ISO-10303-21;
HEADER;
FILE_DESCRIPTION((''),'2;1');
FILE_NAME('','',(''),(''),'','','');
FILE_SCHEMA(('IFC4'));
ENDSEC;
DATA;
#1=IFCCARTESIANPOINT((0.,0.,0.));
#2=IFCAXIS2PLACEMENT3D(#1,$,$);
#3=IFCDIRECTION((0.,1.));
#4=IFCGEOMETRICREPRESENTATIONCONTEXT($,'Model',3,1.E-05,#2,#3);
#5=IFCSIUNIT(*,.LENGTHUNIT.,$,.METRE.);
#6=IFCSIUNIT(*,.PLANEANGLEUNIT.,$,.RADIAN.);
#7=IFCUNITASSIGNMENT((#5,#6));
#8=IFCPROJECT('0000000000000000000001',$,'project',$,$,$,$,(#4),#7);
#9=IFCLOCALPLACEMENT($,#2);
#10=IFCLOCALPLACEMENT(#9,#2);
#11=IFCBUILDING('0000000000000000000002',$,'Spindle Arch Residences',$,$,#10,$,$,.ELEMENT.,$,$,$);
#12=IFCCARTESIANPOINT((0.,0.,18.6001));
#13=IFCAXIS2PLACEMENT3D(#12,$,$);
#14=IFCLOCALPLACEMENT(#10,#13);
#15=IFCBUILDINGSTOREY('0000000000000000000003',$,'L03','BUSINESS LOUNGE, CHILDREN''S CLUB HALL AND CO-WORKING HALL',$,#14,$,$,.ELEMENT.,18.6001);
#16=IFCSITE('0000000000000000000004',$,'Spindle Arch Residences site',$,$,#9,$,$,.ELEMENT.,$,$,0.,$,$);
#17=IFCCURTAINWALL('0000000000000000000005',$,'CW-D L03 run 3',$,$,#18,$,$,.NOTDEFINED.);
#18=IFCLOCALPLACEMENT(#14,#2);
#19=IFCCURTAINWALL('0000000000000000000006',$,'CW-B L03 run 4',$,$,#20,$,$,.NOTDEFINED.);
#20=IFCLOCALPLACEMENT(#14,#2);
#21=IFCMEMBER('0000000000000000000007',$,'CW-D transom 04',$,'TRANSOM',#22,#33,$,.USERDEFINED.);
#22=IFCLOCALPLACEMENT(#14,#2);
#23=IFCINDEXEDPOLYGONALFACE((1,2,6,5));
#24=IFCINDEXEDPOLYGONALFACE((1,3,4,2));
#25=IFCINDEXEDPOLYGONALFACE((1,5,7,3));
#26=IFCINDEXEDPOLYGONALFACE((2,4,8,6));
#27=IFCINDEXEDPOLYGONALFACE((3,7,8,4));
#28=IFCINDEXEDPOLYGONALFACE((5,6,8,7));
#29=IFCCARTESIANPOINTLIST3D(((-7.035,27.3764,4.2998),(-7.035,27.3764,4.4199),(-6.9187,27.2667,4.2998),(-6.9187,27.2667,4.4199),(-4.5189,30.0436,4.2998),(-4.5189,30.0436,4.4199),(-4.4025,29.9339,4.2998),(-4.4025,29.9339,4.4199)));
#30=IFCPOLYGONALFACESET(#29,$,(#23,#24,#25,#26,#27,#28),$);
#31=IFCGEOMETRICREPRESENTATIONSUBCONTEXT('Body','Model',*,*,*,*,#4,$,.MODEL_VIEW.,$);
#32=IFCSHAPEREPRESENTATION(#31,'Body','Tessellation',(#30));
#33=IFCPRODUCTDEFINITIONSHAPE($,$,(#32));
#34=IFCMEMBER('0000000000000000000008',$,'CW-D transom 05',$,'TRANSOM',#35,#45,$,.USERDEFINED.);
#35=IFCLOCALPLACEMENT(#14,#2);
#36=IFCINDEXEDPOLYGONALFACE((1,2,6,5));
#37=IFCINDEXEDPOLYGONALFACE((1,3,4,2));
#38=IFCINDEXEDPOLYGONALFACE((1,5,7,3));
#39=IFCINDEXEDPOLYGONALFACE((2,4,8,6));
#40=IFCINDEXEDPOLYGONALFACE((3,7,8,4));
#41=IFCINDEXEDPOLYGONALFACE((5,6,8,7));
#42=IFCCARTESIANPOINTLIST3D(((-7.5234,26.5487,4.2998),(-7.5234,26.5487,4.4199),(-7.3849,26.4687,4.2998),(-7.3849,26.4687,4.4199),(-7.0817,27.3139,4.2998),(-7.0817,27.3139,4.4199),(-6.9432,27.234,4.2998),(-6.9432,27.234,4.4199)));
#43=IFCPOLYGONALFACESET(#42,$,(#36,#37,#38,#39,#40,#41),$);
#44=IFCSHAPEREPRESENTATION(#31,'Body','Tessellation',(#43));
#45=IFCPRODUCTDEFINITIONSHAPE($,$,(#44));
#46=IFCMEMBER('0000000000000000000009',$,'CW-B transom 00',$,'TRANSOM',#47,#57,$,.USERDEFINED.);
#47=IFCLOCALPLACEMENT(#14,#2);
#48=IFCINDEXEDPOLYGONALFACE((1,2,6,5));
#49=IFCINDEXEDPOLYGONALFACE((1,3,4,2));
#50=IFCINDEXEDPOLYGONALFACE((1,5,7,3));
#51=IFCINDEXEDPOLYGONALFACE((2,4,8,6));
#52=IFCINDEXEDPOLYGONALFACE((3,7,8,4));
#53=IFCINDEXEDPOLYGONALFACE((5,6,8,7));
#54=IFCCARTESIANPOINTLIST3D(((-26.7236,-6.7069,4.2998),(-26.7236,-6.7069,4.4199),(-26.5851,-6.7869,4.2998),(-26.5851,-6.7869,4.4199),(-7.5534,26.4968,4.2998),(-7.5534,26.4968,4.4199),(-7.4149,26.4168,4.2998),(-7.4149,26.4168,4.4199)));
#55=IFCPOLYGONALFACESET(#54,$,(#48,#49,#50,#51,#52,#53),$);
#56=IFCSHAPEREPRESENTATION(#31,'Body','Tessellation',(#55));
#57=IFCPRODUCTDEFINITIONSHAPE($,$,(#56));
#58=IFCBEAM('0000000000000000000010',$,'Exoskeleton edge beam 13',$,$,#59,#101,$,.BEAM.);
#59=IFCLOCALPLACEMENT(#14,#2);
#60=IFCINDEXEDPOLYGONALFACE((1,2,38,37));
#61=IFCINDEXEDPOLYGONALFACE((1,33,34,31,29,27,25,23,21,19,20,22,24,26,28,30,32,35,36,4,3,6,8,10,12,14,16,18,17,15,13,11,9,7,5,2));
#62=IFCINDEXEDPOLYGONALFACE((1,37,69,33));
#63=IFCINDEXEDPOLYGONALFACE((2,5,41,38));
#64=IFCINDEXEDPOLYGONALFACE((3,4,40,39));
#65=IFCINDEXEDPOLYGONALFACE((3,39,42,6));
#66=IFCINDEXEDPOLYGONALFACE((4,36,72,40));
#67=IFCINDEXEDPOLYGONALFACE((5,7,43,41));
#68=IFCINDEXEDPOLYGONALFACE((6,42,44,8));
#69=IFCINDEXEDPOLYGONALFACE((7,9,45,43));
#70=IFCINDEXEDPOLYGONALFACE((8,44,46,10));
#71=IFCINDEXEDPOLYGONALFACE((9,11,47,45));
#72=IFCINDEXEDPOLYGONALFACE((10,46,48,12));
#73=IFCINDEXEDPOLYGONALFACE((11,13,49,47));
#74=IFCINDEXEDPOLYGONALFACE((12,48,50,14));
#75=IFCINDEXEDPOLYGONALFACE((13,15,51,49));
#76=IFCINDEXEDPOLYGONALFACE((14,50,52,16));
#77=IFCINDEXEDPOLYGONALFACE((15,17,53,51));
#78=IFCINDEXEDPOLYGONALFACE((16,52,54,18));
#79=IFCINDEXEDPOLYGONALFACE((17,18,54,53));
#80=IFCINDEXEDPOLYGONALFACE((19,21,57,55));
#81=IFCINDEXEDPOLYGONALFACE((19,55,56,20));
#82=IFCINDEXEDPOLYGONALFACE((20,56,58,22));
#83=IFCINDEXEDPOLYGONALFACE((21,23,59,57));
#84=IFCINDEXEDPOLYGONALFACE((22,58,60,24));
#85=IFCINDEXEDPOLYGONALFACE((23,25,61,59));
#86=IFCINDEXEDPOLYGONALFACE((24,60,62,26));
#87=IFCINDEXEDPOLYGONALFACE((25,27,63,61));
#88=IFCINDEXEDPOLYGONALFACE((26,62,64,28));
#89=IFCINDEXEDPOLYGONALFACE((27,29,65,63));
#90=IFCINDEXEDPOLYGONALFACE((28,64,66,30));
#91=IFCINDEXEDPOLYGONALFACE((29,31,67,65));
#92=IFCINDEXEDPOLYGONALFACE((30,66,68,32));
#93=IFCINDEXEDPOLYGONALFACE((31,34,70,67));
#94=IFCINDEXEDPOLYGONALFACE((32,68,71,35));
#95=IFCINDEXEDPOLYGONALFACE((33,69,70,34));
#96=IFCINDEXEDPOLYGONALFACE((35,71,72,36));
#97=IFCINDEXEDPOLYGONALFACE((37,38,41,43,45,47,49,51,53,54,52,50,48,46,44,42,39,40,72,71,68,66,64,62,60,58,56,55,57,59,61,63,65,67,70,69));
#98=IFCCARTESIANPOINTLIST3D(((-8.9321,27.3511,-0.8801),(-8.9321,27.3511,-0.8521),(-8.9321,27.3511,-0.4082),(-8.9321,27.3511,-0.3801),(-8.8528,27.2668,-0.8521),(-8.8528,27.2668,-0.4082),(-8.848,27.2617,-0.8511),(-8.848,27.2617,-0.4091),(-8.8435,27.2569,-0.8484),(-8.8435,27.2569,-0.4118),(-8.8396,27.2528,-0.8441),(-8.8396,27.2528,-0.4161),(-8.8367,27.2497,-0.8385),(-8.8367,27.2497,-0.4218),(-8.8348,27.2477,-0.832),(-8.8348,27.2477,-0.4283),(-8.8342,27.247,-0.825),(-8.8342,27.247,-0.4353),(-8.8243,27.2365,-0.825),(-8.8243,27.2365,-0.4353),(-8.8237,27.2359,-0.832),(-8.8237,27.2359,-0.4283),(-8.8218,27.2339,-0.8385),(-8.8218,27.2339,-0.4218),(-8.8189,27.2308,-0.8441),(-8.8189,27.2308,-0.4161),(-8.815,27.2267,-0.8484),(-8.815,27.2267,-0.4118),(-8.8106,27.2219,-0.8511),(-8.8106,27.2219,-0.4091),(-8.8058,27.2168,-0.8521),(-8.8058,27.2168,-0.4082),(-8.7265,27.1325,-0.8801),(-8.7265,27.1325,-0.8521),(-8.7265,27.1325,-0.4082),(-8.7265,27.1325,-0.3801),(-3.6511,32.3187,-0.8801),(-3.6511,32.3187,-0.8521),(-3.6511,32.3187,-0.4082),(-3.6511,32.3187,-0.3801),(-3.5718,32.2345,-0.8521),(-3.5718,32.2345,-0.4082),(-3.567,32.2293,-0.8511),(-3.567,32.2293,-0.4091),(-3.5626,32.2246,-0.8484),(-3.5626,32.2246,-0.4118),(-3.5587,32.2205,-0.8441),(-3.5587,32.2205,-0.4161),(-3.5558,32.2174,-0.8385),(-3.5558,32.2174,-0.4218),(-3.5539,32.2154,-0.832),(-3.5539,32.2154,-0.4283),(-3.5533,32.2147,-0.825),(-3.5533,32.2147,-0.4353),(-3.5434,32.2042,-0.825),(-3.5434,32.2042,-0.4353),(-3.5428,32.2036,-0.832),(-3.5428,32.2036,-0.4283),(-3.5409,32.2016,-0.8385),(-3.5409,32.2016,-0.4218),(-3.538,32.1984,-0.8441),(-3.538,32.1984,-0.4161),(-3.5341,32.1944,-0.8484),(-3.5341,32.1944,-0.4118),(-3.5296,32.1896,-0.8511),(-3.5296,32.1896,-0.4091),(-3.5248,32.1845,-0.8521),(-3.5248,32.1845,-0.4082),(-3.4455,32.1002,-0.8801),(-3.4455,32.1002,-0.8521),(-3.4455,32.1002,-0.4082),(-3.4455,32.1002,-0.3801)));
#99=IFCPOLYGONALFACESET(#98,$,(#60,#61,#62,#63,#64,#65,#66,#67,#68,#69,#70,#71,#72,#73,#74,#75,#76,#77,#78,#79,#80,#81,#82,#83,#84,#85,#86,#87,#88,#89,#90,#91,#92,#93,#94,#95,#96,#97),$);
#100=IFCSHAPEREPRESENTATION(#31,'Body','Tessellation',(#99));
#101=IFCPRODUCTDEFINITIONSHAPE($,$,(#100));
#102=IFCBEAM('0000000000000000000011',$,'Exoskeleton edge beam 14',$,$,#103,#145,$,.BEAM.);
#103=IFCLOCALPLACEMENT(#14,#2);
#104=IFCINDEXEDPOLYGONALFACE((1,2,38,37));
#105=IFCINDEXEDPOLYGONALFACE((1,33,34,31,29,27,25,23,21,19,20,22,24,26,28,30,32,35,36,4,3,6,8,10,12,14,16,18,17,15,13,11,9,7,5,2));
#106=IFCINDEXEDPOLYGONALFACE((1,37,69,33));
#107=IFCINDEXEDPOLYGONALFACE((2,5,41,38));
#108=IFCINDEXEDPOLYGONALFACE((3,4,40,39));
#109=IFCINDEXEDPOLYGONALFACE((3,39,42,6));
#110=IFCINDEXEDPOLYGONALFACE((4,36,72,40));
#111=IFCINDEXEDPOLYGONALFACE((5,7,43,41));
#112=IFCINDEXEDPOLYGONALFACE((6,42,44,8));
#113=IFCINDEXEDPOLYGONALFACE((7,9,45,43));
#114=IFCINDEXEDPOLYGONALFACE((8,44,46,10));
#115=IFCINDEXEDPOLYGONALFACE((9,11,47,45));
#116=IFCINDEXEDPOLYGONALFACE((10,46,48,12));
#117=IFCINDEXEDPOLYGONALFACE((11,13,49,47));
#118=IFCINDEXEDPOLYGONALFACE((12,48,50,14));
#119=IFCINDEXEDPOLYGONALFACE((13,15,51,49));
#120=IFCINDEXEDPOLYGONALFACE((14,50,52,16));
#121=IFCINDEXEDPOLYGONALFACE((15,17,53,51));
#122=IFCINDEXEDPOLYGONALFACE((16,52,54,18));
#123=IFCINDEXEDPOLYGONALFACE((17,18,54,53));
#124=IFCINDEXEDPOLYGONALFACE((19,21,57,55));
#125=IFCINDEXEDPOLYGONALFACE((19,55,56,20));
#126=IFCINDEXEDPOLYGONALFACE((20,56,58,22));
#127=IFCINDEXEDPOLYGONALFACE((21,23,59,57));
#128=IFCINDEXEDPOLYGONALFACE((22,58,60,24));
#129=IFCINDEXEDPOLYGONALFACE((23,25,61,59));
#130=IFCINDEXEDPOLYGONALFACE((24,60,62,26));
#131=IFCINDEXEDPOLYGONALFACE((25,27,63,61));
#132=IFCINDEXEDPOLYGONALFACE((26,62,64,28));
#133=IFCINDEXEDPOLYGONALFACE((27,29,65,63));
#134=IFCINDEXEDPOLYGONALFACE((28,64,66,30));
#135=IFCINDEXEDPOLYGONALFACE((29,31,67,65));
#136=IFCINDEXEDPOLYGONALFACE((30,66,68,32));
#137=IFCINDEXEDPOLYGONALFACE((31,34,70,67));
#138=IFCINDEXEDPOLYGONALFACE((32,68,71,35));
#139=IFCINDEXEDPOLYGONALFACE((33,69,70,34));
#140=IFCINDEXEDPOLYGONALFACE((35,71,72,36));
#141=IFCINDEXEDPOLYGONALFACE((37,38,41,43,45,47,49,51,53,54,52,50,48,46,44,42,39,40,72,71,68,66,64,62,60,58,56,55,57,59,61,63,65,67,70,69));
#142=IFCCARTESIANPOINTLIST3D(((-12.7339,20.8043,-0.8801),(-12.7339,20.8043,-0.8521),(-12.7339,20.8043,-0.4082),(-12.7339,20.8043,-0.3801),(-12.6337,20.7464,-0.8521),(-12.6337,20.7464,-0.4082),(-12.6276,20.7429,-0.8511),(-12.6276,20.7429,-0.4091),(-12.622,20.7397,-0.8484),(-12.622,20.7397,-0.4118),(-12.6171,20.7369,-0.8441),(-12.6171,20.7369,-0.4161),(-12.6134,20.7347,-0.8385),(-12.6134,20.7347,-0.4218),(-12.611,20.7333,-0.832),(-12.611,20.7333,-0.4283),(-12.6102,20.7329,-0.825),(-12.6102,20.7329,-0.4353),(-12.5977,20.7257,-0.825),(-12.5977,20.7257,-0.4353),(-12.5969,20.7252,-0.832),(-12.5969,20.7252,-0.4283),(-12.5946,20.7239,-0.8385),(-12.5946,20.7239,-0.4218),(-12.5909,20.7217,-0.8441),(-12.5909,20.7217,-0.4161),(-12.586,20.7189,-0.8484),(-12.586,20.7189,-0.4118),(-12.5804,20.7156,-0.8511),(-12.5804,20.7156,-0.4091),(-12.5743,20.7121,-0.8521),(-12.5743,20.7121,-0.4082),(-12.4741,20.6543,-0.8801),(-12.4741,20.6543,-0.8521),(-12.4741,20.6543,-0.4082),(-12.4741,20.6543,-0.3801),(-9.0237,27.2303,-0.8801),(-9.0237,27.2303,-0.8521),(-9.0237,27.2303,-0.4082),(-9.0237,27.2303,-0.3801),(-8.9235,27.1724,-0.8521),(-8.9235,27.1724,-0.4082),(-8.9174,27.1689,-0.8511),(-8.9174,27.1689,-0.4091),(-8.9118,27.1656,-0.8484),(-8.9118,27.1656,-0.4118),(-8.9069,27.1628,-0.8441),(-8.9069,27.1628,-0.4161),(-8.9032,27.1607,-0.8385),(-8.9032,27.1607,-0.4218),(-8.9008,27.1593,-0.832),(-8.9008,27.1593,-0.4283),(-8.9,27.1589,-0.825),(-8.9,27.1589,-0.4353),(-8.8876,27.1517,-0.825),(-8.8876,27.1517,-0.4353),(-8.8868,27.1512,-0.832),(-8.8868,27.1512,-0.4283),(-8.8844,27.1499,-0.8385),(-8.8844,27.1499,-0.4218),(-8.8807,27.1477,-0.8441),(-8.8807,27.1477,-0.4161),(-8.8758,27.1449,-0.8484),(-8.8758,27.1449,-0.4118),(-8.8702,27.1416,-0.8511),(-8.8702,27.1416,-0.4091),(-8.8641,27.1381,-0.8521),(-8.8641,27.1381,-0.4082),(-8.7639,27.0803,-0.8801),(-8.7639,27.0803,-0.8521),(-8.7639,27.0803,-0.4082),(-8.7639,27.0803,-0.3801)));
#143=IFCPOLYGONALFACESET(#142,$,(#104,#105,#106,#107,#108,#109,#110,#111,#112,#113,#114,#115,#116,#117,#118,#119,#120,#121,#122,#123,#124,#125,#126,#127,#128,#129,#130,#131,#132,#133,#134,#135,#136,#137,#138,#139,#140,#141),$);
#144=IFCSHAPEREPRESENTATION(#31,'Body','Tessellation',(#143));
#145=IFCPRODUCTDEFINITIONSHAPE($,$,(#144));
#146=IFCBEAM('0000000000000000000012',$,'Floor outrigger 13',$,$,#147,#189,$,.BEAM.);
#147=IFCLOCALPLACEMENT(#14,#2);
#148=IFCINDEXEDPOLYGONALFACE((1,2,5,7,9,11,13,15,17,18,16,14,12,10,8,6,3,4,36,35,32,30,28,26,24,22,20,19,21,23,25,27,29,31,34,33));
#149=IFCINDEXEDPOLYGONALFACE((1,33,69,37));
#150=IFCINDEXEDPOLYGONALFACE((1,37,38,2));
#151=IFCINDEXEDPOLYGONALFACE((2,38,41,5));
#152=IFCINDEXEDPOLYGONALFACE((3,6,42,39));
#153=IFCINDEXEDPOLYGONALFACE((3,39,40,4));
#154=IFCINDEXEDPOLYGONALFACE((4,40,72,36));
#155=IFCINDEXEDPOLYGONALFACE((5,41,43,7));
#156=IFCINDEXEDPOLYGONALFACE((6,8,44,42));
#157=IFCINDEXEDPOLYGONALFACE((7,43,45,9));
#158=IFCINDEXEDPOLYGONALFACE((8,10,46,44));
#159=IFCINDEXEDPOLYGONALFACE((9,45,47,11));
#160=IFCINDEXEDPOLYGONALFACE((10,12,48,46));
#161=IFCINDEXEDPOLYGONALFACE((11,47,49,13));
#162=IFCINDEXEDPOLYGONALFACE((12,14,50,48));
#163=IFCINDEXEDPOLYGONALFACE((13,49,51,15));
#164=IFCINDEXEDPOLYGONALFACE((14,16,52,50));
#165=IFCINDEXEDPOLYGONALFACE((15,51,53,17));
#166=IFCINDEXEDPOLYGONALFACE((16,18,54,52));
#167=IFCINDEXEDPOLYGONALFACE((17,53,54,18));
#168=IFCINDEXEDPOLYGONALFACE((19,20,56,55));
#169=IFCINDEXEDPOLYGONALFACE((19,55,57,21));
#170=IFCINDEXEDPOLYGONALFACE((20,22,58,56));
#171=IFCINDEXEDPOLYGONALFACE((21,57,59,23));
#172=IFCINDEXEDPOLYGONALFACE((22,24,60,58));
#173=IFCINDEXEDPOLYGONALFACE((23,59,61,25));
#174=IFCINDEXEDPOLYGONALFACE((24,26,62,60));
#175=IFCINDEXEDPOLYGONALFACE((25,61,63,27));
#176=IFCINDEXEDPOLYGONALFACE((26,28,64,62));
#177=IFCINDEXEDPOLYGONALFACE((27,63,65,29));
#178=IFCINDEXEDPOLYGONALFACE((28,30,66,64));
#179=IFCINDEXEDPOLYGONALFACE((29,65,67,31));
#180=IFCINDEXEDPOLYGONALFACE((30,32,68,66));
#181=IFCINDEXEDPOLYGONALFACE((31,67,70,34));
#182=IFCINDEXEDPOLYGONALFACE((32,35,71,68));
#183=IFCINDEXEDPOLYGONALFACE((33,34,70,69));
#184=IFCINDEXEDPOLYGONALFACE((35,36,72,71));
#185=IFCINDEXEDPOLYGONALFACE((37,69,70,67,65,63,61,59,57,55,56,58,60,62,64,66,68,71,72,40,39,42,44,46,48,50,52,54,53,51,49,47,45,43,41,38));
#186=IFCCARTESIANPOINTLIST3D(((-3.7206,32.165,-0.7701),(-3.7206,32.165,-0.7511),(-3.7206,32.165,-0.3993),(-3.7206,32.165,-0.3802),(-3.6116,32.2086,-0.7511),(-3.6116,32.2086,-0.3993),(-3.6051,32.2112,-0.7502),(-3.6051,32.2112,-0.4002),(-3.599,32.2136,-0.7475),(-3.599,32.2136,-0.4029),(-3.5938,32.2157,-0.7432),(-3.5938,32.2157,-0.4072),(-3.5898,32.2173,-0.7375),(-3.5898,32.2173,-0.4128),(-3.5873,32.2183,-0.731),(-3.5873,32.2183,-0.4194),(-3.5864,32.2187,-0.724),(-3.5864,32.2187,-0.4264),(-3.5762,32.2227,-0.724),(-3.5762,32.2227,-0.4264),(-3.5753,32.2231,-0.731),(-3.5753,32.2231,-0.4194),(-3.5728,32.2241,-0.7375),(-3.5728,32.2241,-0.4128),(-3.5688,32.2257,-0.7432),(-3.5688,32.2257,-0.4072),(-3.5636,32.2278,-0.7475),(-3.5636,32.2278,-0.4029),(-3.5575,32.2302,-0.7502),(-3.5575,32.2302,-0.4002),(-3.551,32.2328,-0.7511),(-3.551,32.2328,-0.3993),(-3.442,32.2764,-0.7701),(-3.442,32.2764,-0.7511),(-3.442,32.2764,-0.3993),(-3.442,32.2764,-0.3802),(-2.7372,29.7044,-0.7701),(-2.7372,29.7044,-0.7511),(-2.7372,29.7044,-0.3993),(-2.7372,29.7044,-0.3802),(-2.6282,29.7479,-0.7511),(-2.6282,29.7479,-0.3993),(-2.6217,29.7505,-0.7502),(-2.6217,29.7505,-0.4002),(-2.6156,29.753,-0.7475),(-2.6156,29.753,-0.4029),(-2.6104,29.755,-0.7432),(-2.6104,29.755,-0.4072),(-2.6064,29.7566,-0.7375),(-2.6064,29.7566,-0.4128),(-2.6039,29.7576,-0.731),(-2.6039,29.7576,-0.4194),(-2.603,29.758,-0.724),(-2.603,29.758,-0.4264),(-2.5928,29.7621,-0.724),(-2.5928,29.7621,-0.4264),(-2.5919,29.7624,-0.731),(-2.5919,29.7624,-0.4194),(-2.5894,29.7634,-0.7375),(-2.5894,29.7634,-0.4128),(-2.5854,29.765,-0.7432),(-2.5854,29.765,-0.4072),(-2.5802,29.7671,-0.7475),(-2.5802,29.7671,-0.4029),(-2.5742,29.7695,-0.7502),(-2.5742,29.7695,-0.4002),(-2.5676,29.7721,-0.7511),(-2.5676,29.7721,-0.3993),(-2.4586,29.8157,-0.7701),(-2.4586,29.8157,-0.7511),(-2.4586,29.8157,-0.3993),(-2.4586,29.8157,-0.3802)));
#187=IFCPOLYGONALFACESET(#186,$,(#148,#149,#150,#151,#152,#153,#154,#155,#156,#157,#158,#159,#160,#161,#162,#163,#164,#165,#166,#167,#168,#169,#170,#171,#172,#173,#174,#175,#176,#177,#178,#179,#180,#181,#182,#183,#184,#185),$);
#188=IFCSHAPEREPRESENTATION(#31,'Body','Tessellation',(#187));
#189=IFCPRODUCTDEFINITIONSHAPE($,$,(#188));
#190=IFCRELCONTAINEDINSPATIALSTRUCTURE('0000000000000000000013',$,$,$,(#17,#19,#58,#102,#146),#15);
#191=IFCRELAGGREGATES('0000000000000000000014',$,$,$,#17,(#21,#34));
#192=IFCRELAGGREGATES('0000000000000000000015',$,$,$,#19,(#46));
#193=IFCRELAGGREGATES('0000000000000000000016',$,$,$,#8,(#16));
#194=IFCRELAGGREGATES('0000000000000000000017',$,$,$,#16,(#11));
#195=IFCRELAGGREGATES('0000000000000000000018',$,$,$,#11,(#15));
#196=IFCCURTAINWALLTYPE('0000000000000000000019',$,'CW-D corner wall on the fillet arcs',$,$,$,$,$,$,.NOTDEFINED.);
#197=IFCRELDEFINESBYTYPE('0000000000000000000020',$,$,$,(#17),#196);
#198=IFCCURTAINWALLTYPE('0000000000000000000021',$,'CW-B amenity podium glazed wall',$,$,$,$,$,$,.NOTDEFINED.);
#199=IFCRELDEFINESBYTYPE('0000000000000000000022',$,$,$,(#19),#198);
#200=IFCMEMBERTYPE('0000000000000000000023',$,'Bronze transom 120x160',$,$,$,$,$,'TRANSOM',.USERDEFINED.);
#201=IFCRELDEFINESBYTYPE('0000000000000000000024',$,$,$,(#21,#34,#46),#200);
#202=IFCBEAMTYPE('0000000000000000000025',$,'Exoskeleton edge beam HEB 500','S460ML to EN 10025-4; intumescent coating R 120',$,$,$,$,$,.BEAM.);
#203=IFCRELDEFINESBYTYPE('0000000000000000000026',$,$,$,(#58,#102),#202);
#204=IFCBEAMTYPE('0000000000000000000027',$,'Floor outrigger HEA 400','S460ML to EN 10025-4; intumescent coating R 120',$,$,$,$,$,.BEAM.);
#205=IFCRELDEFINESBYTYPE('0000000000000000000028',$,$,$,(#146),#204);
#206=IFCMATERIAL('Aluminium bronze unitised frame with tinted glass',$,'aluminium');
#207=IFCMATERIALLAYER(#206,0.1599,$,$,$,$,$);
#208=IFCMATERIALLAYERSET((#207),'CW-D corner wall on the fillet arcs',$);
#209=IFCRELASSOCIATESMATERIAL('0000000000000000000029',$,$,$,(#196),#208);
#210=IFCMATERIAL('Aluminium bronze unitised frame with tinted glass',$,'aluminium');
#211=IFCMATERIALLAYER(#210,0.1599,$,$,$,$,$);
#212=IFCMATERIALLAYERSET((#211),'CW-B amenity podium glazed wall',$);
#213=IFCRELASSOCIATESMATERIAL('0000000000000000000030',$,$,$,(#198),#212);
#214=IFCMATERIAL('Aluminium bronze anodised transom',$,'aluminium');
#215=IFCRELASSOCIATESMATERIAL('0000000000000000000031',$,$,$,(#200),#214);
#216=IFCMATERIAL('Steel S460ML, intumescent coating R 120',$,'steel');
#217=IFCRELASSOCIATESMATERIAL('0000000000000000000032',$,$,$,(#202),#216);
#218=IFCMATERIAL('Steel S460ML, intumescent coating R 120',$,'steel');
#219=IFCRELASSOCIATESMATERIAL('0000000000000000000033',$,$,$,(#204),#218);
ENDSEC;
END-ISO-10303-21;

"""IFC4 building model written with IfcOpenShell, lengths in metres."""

from ifc_helpers import new_model, si_unit, direction, frame, origin, origin_2d, place, context, subcontext, project, spatial, rectangle, i_section, extrude, material, layer, layer_set, material_profile, profile_set, type_object, element, aggregate, save


model = new_model("IFC4")

# Units and contexts
model_context = context("Model", 3, precision=1e-05, world=origin(), true_north=direction((0.0, 1.0)))
body_context = subcontext(model_context, "Body", "Model", "MODEL_VIEW")
ifc_project = project(units=[si_unit("LENGTHUNIT", "METRE"), si_unit("PLANEANGLEUNIT", "RADIAN")], contexts=[model_context])

# Site, building, storey
site_placement = place(None, origin())
site = spatial("IfcSite", under=ifc_project, at=site_placement, Name="Spindle Arch Residences site", CompositionType="ELEMENT", RefElevation=0.0)
building_placement = place(site_placement, origin())
building = spatial("IfcBuilding", under=site, at=building_placement, Name="Spindle Arch Residences", CompositionType="ELEMENT")
storey_placement = place(building_placement, frame((0.0, 0.0, 18.6001)))
storey = spatial("IfcBuildingStorey", under=building, at=storey_placement, Name="L03", Description="BUSINESS LOUNGE, CHILDREN'S CLUB HALL AND CO-WORKING HALL", CompositionType="ELEMENT", Elevation=18.6001)

# Curtain wall
ifc_material_1 = material(Name="Aluminium bronze unitised frame with tinted glass", Category="aluminium")
ifc_layer_1 = layer(ifc_material_1, 0.1599)
ifc_layer_set_1 = layer_set([ifc_layer_1], Name="CW-D corner wall on the fillet arcs")
curtain_wall_type_1 = type_object("IfcCurtainWallType", Name="CW-D corner wall on the fillet arcs", PredefinedType="NOTDEFINED", material=ifc_layer_set_1)
curtain_wall_1_placement = place(storey_placement, origin())
curtain_wall_1 = element("IfcCurtainWall", 1, at=curtain_wall_1_placement, inside=storey, type_object=curtain_wall_type_1, Name="CW-D L03 run 3", PredefinedType="NOTDEFINED")

# Curtain wall
ifc_material_2 = material(Name="Aluminium bronze unitised frame with tinted glass", Category="aluminium")
ifc_layer_2 = layer(ifc_material_2, 0.1599)
ifc_layer_set_2 = layer_set([ifc_layer_2], Name="CW-B amenity podium glazed wall")
curtain_wall_type_2 = type_object("IfcCurtainWallType", Name="CW-B amenity podium glazed wall", PredefinedType="NOTDEFINED", material=ifc_layer_set_2)
curtain_wall_2_placement = place(storey_placement, origin())
curtain_wall_2 = element("IfcCurtainWall", 2, at=curtain_wall_2_placement, inside=storey, type_object=curtain_wall_type_2, Name="CW-B L03 run 4", PredefinedType="NOTDEFINED")

# Members
ifc_material_3 = material(Name="Aluminium bronze anodised transom", Category="aluminium")
ifc_material_profile_1 = material_profile(ifc_material_3, rectangle(XDim=0.1599, YDim=0.1201, at=origin_2d()), Name="TR 120x160")
ifc_profile_set_1 = profile_set([ifc_material_profile_1], Name="Aluminium bronze anodised transom")
member_type_1 = type_object("IfcMemberType", Name="Bronze transom 120x160", ElementType="TRANSOM", PredefinedType="USERDEFINED", material=ifc_profile_set_1)
member_1_placement = place(storey_placement, frame((-4.4607, 29.9888, 4.3599), z_axis=(-0.686199, -0.727414, 0.0), x_axis=(0.727414, -0.686199, 0.0)))
member_1 = element("IfcMember", 3, at=member_1_placement, type_object=member_type_1, Name="CW-D transom 04", ObjectType="TRANSOM", PredefinedType="USERDEFINED", context=body_context, shape_type="SweptSolid", body=[
    extrude(rectangle(XDim=0.1599, YDim=0.1201, at=origin_2d()), origin(), (0.0, 0.0, 1.0), 3.6667),
])
member_2_placement = place(storey_placement, frame((-7.0125, 27.2739, 4.3599), z_axis=(-0.499914, -0.866075, 0.0), x_axis=(0.866075, -0.499914, 0.0)))
member_2 = element("IfcMember", 4, at=member_2_placement, type_object=member_type_1, Name="CW-D transom 05", ObjectType="TRANSOM", PredefinedType="USERDEFINED", context=body_context, shape_type="SweptSolid", body=[
    extrude(rectangle(XDim=0.1599, YDim=0.1201, at=origin_2d()), origin(), (0.0, 0.0, 1.0), 0.8835),
])
member_3_placement = place(storey_placement, frame((-7.4841, 26.4568, 4.3599), z_axis=(-0.500001, -0.866025, 0.0), x_axis=(0.866025, -0.500001, 0.0)))
member_3 = element("IfcMember", 5, at=member_3_placement, type_object=member_type_1, Name="CW-B transom 00", ObjectType="TRANSOM", PredefinedType="USERDEFINED", context=body_context, shape_type="SweptSolid", body=[
    extrude(rectangle(XDim=0.1599, YDim=0.1201, at=origin_2d()), origin(), (0.0, 0.0, 1.0), 38.3403),
])

# Beams
ifc_material_4 = material(Name="Steel S460ML, intumescent coating R 120", Category="steel")
ifc_material_profile_2 = material_profile(ifc_material_4, i_section(OverallWidth=0.3, OverallDepth=0.5, WebThickness=0.0144, FlangeThickness=0.0281, FilletRadius=0.0271, at=origin_2d()), Name="HEB 500")
ifc_profile_set_2 = profile_set([ifc_material_profile_2], Name="Steel S460ML, intumescent coating R 120")
beam_type_1 = type_object("IfcBeamType", Name="Exoskeleton edge beam HEB 500", Description="S460ML to EN 10025-4; intumescent coating R 120", PredefinedType="BEAM", material=ifc_profile_set_2)
beam_1_placement = place(storey_placement, frame((-3.5483, 32.2095, -0.6301), z_axis=(-0.728378, -0.685176, 0.0), x_axis=(0.685176, -0.728378, 0.0)))
element("IfcBeam", 6, at=beam_1_placement, inside=storey, type_object=beam_type_1, Name="Exoskeleton edge beam 13", PredefinedType="BEAM", context=body_context, shape_type="SweptSolid", body=[
    extrude(i_section(OverallWidth=0.3, OverallDepth=0.5, WebThickness=0.0144, FlangeThickness=0.0281, FilletRadius=0.0271, at=origin_2d()), origin(), (0.0, 0.0, 1.0), 7.2502),
])
beam_2_placement = place(storey_placement, frame((-8.8938, 27.1553, -0.6301), z_axis=(-0.500014, -0.866017, 0.0), x_axis=(0.866017, -0.500014, 0.0)))
element("IfcBeam", 7, at=beam_2_placement, inside=storey, type_object=beam_type_1, Name="Exoskeleton edge beam 14", PredefinedType="BEAM", context=body_context, shape_type="SweptSolid", body=[
    extrude(i_section(OverallWidth=0.3, OverallDepth=0.5, WebThickness=0.0144, FlangeThickness=0.0281, FilletRadius=0.0271, at=origin_2d()), origin(), (0.0, 0.0, 1.0), 7.4202),
])
ifc_material_5 = material(Name="Steel S460ML, intumescent coating R 120", Category="steel")
ifc_material_profile_3 = material_profile(ifc_material_5, i_section(OverallWidth=0.3, OverallDepth=0.3899, WebThickness=0.011, FlangeThickness=0.019, FilletRadius=0.0271, at=origin_2d()), Name="HEA 400")
ifc_profile_set_3 = profile_set([ifc_material_profile_3], Name="Steel S460ML, intumescent coating R 120")
beam_type_2 = type_object("IfcBeamType", Name="Floor outrigger HEA 400", Description="S460ML to EN 10025-4; intumescent coating R 120", PredefinedType="BEAM", material=ifc_profile_set_3)
beam_3_placement = place(storey_placement, frame((-3.5813, 32.2207, -0.5752), z_axis=(0.371105, -0.928591, 0.0), x_axis=(0.928591, 0.371105, 0.0)))
element("IfcBeam", 8, at=beam_3_placement, inside=storey, type_object=beam_type_2, Name="Floor outrigger 13", PredefinedType="BEAM", context=body_context, shape_type="SweptSolid", body=[
    extrude(i_section(OverallWidth=0.3, OverallDepth=0.3899, WebThickness=0.011, FlangeThickness=0.019, FilletRadius=0.0271, at=origin_2d()), origin(), (0.0, 0.0, 1.0), 2.6499),
])

aggregate(curtain_wall_1, [member_1, member_2])
aggregate(curtain_wall_2, [member_3])

save(model, "model.ifc")
